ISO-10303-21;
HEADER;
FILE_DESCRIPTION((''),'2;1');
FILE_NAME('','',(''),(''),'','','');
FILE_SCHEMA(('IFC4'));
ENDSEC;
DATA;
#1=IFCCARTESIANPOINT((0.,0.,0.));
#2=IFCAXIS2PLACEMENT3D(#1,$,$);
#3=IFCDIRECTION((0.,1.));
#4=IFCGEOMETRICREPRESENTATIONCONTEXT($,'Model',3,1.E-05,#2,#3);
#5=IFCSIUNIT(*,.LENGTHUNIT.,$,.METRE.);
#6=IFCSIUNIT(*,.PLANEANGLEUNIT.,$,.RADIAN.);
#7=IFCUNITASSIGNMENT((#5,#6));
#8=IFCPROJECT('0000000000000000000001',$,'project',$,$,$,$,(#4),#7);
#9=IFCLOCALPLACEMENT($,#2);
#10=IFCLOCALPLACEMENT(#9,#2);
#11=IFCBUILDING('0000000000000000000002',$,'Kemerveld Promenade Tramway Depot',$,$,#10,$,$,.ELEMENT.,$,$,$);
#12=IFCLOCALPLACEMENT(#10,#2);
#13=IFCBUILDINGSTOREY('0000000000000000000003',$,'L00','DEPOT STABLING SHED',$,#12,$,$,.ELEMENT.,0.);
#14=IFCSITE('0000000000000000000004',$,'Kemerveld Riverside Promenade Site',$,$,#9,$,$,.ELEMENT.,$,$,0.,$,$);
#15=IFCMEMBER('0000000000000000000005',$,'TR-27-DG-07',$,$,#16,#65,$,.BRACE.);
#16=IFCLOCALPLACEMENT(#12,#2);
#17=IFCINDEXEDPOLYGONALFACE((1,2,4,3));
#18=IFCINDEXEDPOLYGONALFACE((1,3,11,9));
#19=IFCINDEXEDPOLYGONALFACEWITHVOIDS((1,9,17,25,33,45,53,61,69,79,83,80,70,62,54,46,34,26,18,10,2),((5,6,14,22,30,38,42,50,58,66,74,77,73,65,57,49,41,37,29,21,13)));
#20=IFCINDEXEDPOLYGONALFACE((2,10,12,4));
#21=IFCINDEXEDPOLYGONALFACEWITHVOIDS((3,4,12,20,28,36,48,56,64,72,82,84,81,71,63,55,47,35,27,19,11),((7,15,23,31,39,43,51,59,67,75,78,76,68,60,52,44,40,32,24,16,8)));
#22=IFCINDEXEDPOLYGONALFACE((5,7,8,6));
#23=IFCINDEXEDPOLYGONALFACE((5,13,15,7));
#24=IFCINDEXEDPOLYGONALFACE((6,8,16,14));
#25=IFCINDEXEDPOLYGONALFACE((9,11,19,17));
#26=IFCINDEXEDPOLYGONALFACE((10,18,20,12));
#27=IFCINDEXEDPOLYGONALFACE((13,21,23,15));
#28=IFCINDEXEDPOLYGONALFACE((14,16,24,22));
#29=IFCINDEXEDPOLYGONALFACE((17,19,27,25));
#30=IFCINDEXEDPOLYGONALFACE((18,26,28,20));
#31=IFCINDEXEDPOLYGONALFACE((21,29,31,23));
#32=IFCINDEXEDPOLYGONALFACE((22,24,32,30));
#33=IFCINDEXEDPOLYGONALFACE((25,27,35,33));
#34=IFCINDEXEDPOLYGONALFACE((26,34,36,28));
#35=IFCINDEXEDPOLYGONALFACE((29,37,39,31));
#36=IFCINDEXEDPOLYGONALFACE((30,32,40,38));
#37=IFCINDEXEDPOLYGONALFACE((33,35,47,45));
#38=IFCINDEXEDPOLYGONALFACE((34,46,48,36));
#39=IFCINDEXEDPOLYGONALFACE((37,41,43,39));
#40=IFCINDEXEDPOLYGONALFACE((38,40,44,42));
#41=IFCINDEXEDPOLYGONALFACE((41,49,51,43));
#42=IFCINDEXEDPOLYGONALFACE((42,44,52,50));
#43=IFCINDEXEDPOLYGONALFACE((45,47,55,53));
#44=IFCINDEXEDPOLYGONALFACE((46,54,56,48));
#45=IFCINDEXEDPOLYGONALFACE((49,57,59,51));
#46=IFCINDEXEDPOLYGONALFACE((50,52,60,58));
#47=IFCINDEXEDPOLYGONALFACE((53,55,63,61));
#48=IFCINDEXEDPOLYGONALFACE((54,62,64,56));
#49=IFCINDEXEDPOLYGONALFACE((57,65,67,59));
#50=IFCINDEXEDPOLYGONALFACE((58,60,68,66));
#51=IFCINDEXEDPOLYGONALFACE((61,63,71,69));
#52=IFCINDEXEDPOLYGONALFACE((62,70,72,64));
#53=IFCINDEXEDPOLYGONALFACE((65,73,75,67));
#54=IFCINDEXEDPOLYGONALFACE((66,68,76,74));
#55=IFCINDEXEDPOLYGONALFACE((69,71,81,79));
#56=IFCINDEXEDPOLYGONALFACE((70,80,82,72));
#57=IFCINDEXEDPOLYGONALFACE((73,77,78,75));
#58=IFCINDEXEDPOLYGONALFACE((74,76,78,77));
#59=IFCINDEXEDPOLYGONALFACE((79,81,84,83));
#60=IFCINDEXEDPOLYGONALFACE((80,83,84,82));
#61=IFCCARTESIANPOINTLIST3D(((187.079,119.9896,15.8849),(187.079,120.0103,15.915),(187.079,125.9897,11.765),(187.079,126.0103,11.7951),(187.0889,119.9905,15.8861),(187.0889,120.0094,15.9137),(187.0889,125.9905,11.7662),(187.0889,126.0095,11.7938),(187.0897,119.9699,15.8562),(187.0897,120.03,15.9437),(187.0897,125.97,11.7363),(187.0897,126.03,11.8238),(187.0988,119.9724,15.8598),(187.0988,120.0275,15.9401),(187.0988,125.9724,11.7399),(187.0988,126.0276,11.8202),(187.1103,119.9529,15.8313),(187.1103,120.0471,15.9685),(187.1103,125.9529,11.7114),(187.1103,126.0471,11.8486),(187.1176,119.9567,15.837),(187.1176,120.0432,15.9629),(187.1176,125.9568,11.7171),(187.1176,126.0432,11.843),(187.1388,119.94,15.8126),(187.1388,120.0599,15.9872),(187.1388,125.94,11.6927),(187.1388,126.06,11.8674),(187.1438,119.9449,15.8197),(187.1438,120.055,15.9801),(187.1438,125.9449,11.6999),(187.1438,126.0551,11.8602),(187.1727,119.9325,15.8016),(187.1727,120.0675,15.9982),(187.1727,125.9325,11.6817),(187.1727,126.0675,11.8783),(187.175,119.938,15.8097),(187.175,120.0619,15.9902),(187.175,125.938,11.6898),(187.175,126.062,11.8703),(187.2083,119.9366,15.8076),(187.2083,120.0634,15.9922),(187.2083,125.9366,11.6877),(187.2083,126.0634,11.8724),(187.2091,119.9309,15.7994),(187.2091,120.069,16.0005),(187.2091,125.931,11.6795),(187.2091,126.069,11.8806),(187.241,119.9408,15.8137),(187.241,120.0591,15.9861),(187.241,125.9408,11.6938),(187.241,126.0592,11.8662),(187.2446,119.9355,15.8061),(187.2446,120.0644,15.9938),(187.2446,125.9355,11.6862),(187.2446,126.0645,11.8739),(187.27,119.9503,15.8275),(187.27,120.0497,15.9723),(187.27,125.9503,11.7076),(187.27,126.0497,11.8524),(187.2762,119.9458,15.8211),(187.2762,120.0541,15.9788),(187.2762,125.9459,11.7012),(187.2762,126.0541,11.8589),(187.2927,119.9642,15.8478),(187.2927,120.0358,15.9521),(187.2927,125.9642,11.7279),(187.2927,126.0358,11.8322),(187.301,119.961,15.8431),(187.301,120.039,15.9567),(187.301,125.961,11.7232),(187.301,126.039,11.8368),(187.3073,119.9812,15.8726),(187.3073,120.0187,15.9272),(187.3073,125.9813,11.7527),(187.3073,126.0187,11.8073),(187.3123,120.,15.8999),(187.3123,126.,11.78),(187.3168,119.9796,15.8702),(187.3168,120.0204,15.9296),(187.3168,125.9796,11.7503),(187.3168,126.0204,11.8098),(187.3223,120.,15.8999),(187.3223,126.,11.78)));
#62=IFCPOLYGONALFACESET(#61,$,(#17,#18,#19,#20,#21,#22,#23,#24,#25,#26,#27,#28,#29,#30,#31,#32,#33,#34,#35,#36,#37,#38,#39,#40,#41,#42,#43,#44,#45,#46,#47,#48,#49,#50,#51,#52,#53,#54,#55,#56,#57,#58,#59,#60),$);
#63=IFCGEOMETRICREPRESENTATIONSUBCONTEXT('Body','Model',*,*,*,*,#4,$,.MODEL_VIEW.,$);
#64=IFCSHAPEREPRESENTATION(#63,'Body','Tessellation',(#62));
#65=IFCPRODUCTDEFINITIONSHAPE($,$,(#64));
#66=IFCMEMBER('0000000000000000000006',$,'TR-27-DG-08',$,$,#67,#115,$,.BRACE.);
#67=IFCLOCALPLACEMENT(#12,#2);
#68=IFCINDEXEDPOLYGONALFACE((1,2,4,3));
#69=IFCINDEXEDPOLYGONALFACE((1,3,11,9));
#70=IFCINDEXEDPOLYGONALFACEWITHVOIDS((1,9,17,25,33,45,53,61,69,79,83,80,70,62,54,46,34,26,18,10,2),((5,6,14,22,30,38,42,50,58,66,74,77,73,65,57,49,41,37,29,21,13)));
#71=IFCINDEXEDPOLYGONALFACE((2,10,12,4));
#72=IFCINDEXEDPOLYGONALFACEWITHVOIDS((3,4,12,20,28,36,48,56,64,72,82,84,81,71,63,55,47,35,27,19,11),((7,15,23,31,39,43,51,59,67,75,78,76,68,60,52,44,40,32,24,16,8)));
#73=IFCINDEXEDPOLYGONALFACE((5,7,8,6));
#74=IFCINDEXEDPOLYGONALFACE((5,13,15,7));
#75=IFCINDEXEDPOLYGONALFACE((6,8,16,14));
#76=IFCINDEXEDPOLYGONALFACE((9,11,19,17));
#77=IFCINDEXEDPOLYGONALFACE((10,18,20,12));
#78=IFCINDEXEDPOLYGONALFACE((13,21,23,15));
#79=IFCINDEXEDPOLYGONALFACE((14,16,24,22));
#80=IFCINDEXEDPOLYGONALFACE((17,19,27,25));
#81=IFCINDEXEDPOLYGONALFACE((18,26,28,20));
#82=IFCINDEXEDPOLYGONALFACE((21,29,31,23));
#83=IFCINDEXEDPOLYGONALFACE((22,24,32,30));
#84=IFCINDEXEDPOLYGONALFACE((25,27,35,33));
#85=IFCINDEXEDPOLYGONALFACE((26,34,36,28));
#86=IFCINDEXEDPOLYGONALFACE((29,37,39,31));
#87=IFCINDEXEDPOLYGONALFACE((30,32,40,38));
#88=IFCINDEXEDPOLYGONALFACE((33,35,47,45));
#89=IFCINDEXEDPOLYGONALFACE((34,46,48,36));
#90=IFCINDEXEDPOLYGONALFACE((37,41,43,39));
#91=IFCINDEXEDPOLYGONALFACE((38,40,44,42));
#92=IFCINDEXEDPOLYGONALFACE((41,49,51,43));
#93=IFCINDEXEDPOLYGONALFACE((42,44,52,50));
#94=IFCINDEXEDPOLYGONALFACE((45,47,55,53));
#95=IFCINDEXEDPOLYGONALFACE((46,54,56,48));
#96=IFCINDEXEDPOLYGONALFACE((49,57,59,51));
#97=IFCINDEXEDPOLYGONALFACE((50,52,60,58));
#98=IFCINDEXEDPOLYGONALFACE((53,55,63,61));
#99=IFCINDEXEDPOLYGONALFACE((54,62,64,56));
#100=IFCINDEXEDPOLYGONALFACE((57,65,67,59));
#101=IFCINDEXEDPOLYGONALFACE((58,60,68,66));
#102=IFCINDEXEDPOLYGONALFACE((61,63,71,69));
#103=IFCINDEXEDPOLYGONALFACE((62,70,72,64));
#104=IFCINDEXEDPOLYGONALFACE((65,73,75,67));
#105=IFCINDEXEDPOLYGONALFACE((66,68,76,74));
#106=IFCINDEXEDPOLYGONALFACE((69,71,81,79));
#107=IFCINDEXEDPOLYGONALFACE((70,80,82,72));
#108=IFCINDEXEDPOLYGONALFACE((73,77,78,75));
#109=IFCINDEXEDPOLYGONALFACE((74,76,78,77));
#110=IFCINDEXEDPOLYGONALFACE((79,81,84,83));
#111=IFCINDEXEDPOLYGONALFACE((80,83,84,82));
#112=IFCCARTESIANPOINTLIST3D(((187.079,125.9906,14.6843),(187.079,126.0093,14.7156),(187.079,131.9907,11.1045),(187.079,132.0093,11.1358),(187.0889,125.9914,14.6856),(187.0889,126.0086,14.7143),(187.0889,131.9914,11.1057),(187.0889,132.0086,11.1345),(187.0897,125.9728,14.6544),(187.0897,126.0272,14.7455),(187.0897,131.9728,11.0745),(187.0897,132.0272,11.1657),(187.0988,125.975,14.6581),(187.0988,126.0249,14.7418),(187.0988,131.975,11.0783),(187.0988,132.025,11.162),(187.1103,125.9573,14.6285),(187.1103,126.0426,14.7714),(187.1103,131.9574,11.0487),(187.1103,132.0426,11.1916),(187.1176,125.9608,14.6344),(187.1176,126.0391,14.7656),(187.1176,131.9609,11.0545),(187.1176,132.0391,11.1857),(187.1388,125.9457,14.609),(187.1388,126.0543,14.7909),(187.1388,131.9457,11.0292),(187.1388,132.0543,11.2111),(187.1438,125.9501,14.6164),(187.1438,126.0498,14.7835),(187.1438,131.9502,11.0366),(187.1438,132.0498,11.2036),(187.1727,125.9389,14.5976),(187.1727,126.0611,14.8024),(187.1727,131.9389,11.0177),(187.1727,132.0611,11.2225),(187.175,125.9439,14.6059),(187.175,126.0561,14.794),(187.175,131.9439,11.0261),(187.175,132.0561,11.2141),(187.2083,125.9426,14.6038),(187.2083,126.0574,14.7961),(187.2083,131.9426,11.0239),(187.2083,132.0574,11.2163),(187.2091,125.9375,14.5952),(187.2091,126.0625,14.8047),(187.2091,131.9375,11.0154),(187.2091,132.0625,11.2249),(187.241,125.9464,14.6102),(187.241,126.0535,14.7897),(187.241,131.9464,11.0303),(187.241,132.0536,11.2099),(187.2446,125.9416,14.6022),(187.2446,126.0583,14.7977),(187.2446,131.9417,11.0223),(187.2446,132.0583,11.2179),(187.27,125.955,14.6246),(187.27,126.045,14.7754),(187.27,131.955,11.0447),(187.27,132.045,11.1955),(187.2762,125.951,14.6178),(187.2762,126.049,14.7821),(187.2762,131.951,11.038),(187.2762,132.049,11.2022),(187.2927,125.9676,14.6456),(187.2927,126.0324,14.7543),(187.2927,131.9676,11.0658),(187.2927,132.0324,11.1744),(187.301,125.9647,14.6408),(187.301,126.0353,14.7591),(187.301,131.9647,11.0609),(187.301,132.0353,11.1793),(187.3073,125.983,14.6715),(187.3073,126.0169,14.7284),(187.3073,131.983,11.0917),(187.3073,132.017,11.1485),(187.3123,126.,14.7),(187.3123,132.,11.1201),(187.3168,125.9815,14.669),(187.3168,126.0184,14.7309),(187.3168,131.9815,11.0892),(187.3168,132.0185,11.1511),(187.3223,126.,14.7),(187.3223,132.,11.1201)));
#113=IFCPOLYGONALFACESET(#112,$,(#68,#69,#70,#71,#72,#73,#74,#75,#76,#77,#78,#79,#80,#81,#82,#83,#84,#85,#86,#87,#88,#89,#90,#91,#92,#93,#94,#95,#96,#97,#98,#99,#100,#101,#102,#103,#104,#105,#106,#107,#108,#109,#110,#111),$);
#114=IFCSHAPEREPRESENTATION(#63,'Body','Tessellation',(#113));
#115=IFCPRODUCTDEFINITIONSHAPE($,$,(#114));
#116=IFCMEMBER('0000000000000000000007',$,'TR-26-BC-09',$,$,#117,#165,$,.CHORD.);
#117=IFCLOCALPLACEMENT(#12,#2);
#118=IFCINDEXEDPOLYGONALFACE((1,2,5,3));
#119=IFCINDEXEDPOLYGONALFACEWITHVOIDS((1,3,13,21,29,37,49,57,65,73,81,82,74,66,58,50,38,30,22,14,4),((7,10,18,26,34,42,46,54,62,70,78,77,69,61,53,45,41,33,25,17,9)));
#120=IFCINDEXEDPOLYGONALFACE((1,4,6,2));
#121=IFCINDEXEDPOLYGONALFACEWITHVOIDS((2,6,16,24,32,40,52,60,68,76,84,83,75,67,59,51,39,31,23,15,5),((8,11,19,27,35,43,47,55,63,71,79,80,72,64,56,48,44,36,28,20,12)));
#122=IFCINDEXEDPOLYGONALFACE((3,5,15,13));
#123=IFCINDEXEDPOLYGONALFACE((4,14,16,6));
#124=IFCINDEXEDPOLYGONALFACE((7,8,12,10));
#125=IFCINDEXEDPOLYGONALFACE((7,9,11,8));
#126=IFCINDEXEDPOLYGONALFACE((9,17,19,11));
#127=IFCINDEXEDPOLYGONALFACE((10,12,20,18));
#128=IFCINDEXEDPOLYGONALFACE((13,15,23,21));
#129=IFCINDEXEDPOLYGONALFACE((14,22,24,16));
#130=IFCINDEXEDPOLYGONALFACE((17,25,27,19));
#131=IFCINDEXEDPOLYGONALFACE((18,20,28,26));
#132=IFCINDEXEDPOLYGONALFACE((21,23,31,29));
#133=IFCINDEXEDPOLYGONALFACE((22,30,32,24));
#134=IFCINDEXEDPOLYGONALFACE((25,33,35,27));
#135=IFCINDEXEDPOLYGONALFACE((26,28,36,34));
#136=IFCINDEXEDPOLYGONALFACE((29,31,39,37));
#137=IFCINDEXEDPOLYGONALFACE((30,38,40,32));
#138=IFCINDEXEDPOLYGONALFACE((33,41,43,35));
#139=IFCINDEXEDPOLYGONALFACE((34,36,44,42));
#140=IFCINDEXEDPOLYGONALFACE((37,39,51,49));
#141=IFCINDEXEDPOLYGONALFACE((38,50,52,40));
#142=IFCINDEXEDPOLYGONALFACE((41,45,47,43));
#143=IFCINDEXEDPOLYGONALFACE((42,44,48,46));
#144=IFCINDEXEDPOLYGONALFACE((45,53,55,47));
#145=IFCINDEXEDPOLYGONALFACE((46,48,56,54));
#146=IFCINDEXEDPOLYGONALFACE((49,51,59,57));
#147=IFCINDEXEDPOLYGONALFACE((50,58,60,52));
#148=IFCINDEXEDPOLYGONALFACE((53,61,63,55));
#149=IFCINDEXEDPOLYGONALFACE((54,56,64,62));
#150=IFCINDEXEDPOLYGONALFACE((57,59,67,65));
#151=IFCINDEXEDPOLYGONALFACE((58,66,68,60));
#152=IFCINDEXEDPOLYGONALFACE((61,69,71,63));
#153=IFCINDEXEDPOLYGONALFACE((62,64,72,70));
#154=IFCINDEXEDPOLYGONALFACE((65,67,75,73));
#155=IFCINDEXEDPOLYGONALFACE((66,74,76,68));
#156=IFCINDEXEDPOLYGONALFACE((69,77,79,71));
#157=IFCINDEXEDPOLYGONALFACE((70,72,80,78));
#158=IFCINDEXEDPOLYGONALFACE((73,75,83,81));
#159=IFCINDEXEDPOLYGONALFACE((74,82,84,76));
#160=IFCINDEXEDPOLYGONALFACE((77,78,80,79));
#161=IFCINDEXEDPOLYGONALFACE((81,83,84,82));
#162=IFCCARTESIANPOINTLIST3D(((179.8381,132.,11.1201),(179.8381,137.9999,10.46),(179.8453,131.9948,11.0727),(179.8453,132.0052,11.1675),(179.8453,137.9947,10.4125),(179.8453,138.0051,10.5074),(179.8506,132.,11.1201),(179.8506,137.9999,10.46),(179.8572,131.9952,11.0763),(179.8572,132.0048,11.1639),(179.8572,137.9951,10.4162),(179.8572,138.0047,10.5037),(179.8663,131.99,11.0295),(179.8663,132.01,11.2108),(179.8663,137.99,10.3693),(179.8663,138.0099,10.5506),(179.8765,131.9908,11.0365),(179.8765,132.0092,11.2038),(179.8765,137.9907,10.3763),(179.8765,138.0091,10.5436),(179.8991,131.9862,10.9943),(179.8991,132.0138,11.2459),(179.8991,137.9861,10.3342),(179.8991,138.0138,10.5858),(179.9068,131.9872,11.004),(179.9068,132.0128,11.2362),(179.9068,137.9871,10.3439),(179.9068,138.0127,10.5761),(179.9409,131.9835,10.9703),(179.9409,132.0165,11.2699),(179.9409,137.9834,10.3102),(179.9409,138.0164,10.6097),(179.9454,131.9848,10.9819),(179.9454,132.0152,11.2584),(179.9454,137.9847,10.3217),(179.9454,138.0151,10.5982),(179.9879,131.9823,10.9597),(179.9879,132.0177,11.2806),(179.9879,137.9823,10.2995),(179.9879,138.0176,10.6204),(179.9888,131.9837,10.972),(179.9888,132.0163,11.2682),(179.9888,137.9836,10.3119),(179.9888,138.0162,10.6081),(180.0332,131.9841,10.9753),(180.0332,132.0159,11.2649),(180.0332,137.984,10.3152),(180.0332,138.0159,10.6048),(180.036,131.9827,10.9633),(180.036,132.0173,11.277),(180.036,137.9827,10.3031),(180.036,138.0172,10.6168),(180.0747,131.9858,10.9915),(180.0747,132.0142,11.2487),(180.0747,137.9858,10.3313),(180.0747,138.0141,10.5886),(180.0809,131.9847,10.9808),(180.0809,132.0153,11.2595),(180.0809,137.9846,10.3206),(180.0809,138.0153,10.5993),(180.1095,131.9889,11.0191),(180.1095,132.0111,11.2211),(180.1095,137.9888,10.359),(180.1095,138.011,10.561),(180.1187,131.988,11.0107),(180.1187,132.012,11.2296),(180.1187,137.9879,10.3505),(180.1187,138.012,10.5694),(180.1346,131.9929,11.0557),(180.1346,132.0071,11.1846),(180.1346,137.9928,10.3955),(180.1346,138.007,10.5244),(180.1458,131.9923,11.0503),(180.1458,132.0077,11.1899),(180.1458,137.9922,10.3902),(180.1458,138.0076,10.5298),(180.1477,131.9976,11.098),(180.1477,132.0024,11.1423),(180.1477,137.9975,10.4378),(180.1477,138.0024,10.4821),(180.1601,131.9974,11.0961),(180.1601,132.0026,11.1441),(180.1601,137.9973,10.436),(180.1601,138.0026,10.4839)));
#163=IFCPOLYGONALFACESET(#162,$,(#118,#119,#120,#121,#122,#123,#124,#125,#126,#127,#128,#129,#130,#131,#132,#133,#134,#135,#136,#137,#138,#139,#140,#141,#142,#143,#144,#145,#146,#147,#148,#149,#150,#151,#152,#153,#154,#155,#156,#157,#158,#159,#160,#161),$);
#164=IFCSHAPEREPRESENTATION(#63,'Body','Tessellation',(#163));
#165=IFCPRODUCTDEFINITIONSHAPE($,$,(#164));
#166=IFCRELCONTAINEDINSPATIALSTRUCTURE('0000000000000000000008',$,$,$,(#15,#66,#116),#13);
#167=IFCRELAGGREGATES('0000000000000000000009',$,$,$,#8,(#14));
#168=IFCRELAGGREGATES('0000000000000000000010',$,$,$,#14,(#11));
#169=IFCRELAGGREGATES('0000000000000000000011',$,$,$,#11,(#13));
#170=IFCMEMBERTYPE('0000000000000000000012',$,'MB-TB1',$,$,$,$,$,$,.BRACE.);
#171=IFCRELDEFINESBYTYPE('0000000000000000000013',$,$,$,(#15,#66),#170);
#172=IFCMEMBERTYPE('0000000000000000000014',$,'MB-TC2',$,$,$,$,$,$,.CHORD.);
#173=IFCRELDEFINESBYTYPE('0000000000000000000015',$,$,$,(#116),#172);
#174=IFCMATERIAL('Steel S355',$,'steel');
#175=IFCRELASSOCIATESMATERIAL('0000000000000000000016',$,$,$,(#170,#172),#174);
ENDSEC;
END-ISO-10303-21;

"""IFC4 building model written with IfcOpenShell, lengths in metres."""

from ifc_helpers import new_model, si_unit, direction, frame, origin, origin_2d, place, context, subcontext, project, spatial, hollow_circle, extrude, material, material_profile, profile_set, type_object, element, save


model = new_model("IFC4")

# Units and contexts
model_context = context("Model", 3, precision=1e-05, world=origin(), true_north=direction((0.0, 1.0)))
body_context = subcontext(model_context, "Body", "Model", "MODEL_VIEW")
ifc_project = project(units=[si_unit("LENGTHUNIT", "METRE"), si_unit("PLANEANGLEUNIT", "RADIAN")], contexts=[model_context])

# Site, building, storey
site_placement = place(None, origin())
site = spatial("IfcSite", under=ifc_project, at=site_placement, Name="Kemerveld Riverside Promenade Site", CompositionType="ELEMENT", RefElevation=0.0)
building_placement = place(site_placement, origin())
building = spatial("IfcBuilding", under=site, at=building_placement, Name="Kemerveld Promenade Tramway Depot", CompositionType="ELEMENT")
storey_placement = place(building_placement, origin())
storey = spatial("IfcBuildingStorey", under=building, at=storey_placement, Name="L00", Description="DEPOT STABLING SHED", CompositionType="ELEMENT", Elevation=0.0)

# Shared definitions
ifc_material_1 = material(Name="Steel S355", Category="steel")

# Members
ifc_material_profile_1 = material_profile(ifc_material_1, hollow_circle(Radius=0.1223, WallThickness=0.01, at=origin_2d()), Name="244.5x10.0 CHS")
ifc_profile_set_1 = profile_set([ifc_material_profile_1], Name="Steel S355")
member_type_1 = type_object("IfcMemberType", Name="MB-TB1", PredefinedType="BRACE", material=ifc_profile_set_1)
member_1_placement = place(storey_placement, frame((187.2, 126.0, 11.78), z_axis=(0.0, -0.824371, 0.56605), x_axis=(1.0, 0.0, 0.0)))
element("IfcMember", 1, at=member_1_placement, inside=storey, type_object=member_type_1, Name="TR-27-DG-07", PredefinedType="BRACE", context=body_context, shape_type="SweptSolid", body=[
    extrude(hollow_circle(Radius=0.1223, WallThickness=0.01, at=origin_2d()), origin(), (0.0, 0.0, 1.0), 7.2783),
])
member_2_placement = place(storey_placement, frame((187.2, 132.0, 11.1201), z_axis=(0.0, -0.858764, 0.512372), x_axis=(1.0, 0.0, 0.0)))
element("IfcMember", 2, at=member_2_placement, inside=storey, type_object=member_type_1, Name="TR-27-DG-08", PredefinedType="BRACE", context=body_context, shape_type="SweptSolid", body=[
    extrude(hollow_circle(Radius=0.1223, WallThickness=0.01, at=origin_2d()), origin(), (0.0, 0.0, 1.0), 6.9868),
])
ifc_material_profile_2 = material_profile(ifc_material_1, hollow_circle(Radius=0.1619, WallThickness=0.0125, at=origin_2d()), Name="323.9x12.5 CHS")
ifc_profile_set_2 = profile_set([ifc_material_profile_2], Name="Steel S355")
member_type_2 = type_object("IfcMemberType", Name="MB-TC2", PredefinedType="CHORD", material=ifc_profile_set_2)
member_3_placement = place(storey_placement, frame((180.0, 132.0, 11.1201), z_axis=(0.0, 0.994002, -0.109366), x_axis=(-1.0, 0.0, 0.0)))
element("IfcMember", 3, at=member_3_placement, inside=storey, type_object=member_type_2, Name="TR-26-BC-09", PredefinedType="CHORD", context=body_context, shape_type="SweptSolid", body=[
    extrude(hollow_circle(Radius=0.1619, WallThickness=0.0125, at=origin_2d()), origin(), (0.0, 0.0, 1.0), 6.0361),
])

save(model, "model.ifc")
